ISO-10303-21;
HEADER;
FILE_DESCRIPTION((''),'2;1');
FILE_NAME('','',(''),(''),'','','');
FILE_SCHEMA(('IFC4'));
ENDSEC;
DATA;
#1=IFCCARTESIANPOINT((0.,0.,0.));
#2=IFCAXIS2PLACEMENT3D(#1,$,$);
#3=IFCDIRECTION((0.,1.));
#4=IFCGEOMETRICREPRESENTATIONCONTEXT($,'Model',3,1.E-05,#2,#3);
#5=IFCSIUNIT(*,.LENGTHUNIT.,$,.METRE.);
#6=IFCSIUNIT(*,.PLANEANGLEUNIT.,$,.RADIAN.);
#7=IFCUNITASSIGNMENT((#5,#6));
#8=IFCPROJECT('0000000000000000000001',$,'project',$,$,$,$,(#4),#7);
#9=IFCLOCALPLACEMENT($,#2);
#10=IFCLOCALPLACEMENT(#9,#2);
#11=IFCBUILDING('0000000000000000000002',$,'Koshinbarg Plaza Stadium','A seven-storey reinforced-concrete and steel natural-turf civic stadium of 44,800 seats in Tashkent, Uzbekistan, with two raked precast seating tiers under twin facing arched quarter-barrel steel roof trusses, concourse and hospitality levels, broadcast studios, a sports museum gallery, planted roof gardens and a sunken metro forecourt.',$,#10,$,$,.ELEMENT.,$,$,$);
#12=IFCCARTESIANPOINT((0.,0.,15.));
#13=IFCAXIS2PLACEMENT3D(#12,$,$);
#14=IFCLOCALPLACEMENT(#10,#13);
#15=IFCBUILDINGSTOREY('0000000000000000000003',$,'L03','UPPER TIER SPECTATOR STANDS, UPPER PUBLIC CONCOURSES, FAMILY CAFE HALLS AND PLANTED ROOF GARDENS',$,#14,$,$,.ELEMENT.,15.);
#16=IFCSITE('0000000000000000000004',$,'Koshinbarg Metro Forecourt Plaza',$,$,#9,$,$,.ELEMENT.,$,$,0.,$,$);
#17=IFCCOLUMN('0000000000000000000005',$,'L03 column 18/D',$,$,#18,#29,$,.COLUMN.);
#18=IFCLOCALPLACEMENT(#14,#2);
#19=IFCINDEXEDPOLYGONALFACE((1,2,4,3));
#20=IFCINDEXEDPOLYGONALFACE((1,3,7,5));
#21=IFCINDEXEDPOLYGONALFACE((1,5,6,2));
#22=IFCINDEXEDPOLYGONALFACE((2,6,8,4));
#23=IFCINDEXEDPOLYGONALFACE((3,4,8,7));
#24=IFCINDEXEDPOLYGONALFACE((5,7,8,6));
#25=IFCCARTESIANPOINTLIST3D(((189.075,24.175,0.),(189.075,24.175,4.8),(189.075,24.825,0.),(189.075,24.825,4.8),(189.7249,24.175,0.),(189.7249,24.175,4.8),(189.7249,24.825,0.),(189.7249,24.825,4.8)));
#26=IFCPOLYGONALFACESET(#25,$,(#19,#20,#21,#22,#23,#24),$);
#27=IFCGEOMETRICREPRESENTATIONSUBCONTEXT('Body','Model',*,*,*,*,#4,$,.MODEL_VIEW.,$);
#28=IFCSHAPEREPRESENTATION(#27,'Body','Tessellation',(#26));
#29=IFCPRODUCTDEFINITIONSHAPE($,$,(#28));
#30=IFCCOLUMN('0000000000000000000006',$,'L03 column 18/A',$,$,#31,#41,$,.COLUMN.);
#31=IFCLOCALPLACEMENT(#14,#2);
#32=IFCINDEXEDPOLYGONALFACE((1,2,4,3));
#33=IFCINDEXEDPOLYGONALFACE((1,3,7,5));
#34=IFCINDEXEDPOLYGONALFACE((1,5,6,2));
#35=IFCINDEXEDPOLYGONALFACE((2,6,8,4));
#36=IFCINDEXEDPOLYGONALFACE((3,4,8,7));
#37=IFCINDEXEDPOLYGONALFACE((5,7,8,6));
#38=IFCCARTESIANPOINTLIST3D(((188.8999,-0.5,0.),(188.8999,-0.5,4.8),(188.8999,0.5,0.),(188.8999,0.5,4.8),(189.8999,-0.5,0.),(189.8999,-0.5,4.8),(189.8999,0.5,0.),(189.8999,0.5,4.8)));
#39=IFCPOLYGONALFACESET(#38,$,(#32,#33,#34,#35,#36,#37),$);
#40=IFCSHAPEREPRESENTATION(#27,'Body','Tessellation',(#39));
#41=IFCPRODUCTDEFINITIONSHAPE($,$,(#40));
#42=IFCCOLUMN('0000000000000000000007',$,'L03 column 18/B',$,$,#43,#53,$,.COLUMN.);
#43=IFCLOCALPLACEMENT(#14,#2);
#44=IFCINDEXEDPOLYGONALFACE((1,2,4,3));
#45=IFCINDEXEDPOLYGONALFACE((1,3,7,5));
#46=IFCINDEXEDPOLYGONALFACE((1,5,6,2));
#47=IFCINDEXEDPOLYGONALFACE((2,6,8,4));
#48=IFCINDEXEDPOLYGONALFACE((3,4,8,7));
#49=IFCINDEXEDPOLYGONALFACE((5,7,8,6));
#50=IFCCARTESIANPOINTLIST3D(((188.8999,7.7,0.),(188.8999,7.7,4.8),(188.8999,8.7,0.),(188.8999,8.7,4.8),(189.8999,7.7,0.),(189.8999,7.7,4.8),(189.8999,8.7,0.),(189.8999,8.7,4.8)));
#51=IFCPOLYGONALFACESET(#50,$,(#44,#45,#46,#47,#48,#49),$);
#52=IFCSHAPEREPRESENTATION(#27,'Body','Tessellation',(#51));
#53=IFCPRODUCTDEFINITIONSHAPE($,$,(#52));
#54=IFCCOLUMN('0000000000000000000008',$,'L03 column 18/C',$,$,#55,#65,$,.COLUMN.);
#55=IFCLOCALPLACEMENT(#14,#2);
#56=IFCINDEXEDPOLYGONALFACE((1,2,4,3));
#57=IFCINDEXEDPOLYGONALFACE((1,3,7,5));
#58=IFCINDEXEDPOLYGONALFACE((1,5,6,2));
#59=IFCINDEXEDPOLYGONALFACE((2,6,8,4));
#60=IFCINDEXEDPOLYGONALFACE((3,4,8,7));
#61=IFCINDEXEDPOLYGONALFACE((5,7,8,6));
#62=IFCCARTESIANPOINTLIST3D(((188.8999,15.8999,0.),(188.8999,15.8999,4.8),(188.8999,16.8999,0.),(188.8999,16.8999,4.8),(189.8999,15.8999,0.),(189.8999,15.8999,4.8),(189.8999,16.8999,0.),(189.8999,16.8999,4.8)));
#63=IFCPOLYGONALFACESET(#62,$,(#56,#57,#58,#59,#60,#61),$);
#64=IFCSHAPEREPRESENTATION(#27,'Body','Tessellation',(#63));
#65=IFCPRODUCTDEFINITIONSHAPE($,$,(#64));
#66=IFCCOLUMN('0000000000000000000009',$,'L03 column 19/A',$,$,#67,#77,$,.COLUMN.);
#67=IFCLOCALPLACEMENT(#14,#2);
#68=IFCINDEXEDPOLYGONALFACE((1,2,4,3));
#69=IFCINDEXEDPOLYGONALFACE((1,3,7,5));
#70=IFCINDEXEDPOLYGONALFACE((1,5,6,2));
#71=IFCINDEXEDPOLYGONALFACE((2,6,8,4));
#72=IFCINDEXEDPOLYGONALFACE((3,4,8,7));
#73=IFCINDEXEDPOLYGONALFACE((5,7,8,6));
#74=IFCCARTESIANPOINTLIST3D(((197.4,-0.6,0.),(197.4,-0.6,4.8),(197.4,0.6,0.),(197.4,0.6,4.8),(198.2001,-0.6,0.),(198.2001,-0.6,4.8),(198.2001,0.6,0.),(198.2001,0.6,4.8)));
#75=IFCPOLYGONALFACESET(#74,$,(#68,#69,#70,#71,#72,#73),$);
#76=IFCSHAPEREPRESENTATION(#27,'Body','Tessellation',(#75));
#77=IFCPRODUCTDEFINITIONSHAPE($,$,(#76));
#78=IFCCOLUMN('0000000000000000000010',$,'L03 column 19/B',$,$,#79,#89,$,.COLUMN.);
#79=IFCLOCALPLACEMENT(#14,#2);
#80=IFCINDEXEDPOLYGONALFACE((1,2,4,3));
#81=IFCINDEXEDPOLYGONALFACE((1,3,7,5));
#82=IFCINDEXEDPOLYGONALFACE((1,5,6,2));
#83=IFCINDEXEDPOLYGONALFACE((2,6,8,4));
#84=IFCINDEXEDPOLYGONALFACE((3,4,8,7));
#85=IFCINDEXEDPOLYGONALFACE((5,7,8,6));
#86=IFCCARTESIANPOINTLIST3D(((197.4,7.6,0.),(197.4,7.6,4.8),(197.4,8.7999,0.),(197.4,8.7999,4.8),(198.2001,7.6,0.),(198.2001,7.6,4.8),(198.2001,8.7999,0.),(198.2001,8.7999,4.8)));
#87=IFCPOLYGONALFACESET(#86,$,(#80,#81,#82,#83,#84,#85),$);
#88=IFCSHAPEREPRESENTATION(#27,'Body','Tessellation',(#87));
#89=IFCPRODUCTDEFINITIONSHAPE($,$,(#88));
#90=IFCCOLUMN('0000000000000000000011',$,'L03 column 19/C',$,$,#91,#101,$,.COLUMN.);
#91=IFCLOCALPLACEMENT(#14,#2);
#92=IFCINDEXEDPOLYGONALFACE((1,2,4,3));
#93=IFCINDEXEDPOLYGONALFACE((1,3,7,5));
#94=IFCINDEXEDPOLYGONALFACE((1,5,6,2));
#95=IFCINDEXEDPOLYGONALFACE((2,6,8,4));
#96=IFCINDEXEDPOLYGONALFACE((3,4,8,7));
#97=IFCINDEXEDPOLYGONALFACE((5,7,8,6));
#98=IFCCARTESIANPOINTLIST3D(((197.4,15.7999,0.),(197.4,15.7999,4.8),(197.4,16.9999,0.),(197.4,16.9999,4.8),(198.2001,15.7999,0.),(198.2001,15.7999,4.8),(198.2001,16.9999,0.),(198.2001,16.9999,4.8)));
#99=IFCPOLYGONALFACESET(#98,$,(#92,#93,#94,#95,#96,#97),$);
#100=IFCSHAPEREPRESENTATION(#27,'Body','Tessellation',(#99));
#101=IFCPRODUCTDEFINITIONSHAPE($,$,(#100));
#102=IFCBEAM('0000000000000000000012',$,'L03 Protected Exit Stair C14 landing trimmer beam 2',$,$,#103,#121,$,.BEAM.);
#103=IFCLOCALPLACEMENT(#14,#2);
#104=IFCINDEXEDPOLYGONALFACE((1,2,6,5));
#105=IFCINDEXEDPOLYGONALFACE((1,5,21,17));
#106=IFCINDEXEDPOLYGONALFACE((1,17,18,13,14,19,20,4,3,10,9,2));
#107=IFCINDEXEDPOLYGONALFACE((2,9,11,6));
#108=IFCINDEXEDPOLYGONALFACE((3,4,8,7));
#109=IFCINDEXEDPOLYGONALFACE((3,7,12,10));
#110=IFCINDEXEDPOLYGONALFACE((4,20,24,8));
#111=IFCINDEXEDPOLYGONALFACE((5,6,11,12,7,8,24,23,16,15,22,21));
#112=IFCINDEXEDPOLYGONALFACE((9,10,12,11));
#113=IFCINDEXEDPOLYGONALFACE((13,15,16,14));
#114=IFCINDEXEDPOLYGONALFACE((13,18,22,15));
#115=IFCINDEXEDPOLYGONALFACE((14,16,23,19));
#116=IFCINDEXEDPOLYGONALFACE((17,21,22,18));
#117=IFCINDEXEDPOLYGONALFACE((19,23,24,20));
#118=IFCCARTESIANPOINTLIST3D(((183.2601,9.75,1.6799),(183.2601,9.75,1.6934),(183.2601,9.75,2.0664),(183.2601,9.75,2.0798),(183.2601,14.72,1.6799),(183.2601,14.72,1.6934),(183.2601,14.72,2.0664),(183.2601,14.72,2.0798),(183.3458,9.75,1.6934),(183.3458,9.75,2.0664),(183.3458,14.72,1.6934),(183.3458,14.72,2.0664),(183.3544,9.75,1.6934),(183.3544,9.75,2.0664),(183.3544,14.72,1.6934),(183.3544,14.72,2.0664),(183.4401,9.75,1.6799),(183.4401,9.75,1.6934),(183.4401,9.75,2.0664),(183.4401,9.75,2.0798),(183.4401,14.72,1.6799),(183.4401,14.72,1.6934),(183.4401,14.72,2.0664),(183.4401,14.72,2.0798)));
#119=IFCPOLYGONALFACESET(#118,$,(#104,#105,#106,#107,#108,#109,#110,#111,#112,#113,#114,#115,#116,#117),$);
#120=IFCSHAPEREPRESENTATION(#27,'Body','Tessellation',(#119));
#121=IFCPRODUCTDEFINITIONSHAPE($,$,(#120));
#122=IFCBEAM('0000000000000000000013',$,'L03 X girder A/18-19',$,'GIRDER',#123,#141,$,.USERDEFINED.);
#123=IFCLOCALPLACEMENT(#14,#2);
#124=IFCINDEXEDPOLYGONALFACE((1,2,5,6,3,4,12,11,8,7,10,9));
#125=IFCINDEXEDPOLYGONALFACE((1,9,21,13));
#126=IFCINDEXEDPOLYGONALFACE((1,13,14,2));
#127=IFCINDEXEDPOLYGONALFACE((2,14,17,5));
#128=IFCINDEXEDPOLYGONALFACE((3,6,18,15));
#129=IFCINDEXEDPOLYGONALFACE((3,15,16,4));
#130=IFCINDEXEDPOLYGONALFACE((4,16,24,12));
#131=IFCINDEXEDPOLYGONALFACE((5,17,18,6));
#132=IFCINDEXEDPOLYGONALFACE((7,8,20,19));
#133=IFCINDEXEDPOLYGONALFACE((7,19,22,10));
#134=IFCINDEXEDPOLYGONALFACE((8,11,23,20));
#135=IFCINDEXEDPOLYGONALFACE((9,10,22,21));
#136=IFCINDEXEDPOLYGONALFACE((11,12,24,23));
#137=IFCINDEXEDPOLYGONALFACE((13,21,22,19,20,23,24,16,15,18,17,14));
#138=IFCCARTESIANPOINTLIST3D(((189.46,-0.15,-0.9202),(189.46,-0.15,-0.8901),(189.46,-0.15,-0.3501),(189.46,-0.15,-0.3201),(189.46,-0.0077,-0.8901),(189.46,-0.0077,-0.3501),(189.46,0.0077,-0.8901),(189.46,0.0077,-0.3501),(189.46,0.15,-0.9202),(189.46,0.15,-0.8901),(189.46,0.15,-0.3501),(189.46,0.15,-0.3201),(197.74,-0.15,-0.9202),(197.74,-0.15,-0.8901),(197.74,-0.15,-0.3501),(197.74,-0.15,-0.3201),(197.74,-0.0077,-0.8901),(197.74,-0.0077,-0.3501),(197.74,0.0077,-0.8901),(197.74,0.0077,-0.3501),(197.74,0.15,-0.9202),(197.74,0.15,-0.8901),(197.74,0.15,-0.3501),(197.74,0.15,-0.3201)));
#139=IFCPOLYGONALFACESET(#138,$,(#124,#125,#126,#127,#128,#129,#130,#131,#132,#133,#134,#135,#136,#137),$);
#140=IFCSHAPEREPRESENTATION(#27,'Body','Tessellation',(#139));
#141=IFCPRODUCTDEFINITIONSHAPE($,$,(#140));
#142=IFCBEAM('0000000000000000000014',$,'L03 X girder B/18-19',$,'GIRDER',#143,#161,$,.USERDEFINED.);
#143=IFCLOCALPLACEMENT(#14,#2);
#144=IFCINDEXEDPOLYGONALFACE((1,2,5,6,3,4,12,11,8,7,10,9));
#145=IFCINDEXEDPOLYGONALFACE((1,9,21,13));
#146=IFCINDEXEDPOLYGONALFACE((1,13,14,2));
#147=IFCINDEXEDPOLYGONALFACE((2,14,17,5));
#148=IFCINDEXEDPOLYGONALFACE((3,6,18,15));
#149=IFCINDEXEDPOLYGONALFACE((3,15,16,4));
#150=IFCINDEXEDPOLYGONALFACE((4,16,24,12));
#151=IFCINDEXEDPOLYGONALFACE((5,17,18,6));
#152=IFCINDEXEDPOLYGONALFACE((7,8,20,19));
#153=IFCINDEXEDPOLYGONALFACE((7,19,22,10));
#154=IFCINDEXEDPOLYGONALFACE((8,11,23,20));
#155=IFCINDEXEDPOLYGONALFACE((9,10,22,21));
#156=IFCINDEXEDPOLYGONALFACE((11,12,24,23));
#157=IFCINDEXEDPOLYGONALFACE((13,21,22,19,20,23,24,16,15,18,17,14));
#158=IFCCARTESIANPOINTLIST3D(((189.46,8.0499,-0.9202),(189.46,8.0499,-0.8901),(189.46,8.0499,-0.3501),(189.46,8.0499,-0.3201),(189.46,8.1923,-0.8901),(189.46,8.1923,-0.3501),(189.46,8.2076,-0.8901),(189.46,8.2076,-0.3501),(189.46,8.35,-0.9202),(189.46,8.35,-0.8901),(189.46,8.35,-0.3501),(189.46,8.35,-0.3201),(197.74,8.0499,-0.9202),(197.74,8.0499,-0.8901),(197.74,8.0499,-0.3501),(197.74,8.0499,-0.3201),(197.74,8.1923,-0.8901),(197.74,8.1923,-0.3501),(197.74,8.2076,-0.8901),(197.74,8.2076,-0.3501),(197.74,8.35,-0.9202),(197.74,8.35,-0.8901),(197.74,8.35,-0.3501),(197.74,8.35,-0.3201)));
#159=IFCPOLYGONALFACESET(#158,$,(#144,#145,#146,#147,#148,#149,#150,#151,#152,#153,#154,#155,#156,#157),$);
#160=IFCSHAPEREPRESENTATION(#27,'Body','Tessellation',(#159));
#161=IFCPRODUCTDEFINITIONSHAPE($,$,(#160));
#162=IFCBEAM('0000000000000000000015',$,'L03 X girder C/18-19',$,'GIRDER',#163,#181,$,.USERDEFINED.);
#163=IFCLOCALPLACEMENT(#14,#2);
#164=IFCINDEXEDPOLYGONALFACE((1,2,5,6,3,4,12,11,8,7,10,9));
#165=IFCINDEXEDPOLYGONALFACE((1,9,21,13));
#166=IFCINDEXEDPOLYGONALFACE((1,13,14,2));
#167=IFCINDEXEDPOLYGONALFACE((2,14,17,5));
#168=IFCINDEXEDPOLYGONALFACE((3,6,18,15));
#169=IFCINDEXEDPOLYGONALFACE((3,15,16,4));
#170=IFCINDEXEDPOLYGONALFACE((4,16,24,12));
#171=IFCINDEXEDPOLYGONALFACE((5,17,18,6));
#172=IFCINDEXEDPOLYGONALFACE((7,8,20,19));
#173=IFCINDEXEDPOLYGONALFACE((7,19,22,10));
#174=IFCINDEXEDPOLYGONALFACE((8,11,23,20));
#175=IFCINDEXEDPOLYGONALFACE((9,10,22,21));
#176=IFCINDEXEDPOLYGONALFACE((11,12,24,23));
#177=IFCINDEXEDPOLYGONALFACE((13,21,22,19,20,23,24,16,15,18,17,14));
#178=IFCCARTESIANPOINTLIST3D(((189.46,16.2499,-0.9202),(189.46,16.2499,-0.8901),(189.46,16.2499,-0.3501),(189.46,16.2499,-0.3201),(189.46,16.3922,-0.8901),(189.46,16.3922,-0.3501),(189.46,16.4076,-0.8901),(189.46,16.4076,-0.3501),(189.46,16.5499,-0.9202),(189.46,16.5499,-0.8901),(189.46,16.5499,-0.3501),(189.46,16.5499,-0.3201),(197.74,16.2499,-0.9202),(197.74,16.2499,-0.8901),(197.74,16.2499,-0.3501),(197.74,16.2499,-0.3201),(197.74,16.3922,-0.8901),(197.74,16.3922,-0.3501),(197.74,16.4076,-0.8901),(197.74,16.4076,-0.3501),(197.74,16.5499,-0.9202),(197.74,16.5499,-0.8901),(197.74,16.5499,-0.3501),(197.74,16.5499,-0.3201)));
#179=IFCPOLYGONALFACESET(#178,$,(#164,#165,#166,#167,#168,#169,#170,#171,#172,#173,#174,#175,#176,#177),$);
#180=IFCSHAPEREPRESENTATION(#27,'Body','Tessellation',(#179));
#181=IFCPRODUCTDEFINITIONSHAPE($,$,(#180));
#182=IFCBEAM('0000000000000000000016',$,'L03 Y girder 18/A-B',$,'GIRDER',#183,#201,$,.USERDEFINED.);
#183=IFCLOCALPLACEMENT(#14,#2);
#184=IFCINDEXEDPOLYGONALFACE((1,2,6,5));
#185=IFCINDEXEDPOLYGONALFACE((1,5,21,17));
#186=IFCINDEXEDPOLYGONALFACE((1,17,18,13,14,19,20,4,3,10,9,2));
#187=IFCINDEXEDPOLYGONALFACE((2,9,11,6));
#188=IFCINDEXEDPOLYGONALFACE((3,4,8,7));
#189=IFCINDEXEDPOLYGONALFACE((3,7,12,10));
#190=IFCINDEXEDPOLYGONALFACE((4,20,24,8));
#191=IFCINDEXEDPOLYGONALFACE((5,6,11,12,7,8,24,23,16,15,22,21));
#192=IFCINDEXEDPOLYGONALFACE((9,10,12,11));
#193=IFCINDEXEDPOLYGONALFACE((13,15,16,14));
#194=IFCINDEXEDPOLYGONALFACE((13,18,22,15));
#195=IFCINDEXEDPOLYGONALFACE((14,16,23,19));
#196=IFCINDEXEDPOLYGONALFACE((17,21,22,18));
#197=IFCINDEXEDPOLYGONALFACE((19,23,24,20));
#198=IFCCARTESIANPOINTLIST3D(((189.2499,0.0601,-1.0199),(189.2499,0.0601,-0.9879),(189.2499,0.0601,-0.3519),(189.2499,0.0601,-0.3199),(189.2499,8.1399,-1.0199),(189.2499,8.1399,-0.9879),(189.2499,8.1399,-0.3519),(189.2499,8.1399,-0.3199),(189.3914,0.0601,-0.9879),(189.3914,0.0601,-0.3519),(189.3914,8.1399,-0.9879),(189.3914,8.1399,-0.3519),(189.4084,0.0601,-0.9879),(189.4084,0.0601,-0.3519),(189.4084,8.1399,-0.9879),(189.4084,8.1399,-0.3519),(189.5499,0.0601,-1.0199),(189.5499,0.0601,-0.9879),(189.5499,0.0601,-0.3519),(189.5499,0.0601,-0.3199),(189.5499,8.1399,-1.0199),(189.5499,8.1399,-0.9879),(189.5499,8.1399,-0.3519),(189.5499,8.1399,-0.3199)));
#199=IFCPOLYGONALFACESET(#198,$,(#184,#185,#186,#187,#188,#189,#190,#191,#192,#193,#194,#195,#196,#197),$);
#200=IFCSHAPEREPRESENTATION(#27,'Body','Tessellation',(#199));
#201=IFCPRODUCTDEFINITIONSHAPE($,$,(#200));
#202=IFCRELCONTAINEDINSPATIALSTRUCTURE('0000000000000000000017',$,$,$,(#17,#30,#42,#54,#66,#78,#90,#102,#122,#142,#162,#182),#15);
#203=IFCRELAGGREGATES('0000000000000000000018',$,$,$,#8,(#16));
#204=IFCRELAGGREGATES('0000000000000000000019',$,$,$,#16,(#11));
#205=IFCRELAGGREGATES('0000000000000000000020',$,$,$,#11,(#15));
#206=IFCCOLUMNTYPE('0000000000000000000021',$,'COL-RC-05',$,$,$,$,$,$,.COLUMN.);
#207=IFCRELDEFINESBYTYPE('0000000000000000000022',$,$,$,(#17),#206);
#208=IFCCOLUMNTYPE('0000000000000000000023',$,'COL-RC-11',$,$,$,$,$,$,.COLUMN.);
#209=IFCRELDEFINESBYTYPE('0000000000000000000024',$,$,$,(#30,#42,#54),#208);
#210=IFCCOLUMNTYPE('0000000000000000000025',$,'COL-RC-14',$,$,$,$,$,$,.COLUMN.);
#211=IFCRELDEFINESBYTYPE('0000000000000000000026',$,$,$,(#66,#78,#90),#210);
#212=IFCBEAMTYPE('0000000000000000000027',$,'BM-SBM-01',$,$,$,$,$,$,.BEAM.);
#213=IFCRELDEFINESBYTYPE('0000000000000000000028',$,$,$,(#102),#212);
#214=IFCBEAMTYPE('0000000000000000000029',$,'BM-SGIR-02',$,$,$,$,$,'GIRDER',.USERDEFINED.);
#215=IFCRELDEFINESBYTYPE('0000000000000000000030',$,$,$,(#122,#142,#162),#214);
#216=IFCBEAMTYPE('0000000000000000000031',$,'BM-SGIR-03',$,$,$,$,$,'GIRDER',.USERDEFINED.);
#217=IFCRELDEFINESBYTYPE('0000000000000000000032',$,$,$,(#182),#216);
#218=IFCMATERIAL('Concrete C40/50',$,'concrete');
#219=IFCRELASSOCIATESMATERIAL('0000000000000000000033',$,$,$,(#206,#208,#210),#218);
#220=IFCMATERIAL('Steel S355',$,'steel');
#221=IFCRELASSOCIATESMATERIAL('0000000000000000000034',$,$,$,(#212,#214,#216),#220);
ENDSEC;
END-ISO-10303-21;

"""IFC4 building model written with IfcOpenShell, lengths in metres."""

from ifc_helpers import new_model, si_unit, direction, frame, origin, origin_2d, place, context, subcontext, project, spatial, rectangle, i_section, extrude, material, material_profile, profile_set, type_object, element, save


model = new_model("IFC4")

# Units and contexts
model_context = context("Model", 3, precision=1e-05, world=origin(), true_north=direction((0.0, 1.0)))
body_context = subcontext(model_context, "Body", "Model", "MODEL_VIEW")
ifc_project = project(units=[si_unit("LENGTHUNIT", "METRE"), si_unit("PLANEANGLEUNIT", "RADIAN")], contexts=[model_context])

# Site, building, storey
site_placement = place(None, origin())
site = spatial("IfcSite", under=ifc_project, at=site_placement, Name="Koshinbarg Metro Forecourt Plaza", CompositionType="ELEMENT", RefElevation=0.0)
building_placement = place(site_placement, origin())
building = spatial("IfcBuilding", under=site, at=building_placement, Name="Koshinbarg Plaza Stadium", Description="A seven-storey reinforced-concrete and steel natural-turf civic stadium of 44,800 seats in Tashkent, Uzbekistan, with two raked precast seating tiers under twin facing arched quarter-barrel steel roof trusses, concourse and hospitality levels, broadcast studios, a sports museum gallery, planted roof gardens and a sunken metro forecourt.", CompositionType="ELEMENT")
storey_placement = place(building_placement, frame((0.0, 0.0, 15.0)))
storey = spatial("IfcBuildingStorey", under=building, at=storey_placement, Name="L03", Description="UPPER TIER SPECTATOR STANDS, UPPER PUBLIC CONCOURSES, FAMILY CAFE HALLS AND PLANTED ROOF GARDENS", CompositionType="ELEMENT", Elevation=15.0)

# Columns
ifc_material_1 = material(Name="Concrete C40/50", Category="concrete")
ifc_material_profile_1 = material_profile(ifc_material_1, rectangle(XDim=0.6499, YDim=0.6499, at=origin_2d()), Name="RC 650x650")
ifc_profile_set_1 = profile_set([ifc_material_profile_1], Name="Concrete C40/50")
column_type_1 = type_object("IfcColumnType", Name="COL-RC-05", PredefinedType="COLUMN", material=ifc_profile_set_1)
column_placement = place(storey_placement, frame((189.3999, 24.5, 0.0), z_axis=(0.0, 0.0, 1.0), x_axis=(1.0, 0.0, 0.0)))
element("IfcColumn", 1, at=column_placement, inside=storey, type_object=column_type_1, Name="L03 column 18/D", PredefinedType="COLUMN", context=body_context, shape_type="SweptSolid", body=[
    extrude(rectangle(XDim=0.6499, YDim=0.6499, at=origin_2d()), origin(), (0.0, 0.0, 1.0), 4.8),
])
ifc_material_profile_2 = material_profile(ifc_material_1, rectangle(XDim=1.0, YDim=1.0, at=origin_2d()), Name="RC 1000x1000")
ifc_profile_set_2 = profile_set([ifc_material_profile_2], Name="Concrete C40/50")
column_type_2 = type_object("IfcColumnType", Name="COL-RC-11", PredefinedType="COLUMN", material=ifc_profile_set_2)
for number, where, z_axis, x_axis, name in (
    (2, (189.3999, 0.0, 0.0), (0.0, 0.0, 1.0), (1.0, 0.0, 0.0), "L03 column 18/A"),
    (3, (189.3999, 8.2, 0.0), (0.0, 0.0, 1.0), (1.0, 0.0, 0.0), "L03 column 18/B"),
    (4, (189.3999, 16.3999, 0.0), (0.0, 0.0, 1.0), (1.0, 0.0, 0.0), "L03 column 18/C"),
):
    element("IfcColumn", number, at=place(storey_placement, frame(where, z_axis=z_axis, x_axis=x_axis)), inside=storey, type_object=column_type_2, Name=name, PredefinedType="COLUMN", context=body_context, shape_type="SweptSolid", body=[
        extrude(rectangle(XDim=1.0, YDim=1.0, at=origin_2d()), origin(), (0.0, 0.0, 1.0), 4.8),
    ])
ifc_material_profile_3 = material_profile(ifc_material_1, rectangle(XDim=0.8, YDim=1.2, at=origin_2d()), Name="RC 800x1200")
ifc_profile_set_3 = profile_set([ifc_material_profile_3], Name="Concrete C40/50")
column_type_3 = type_object("IfcColumnType", Name="COL-RC-14", PredefinedType="COLUMN", material=ifc_profile_set_3)
for number, where, z_axis, x_axis, name in (
    (5, (197.8, 0.0, 0.0), (0.0, 0.0, 1.0), (1.0, 0.0, 0.0), "L03 column 19/A"),
    (6, (197.8, 8.2, 0.0), (0.0, 0.0, 1.0), (1.0, 0.0, 0.0), "L03 column 19/B"),
    (7, (197.8, 16.3999, 0.0), (0.0, 0.0, 1.0), (1.0, 0.0, 0.0), "L03 column 19/C"),
):
    element("IfcColumn", number, at=place(storey_placement, frame(where, z_axis=z_axis, x_axis=x_axis)), inside=storey, type_object=column_type_3, Name=name, PredefinedType="COLUMN", context=body_context, shape_type="SweptSolid", body=[
        extrude(rectangle(XDim=0.8, YDim=1.2, at=origin_2d()), origin(), (0.0, 0.0, 1.0), 4.8),
    ])

# Beams
ifc_material_2 = material(Name="Steel S355", Category="steel")
ifc_material_profile_4 = material_profile(ifc_material_2, i_section(OverallWidth=0.1799, OverallDepth=0.3999, WebThickness=0.0085, FlangeThickness=0.0134, at=origin_2d()), Name="IPE 400")
ifc_profile_set_4 = profile_set([ifc_material_profile_4], Name="Steel S355")
beam_type_1 = type_object("IfcBeamType", Name="BM-SBM-01", PredefinedType="BEAM", material=ifc_profile_set_4)
beam_1_placement = place(storey_placement, frame((183.3501, 9.75, 1.8799), z_axis=(0.0, 1.0, 0.0), x_axis=(-1.0, 0.0, 0.0)))
element("IfcBeam", 8, at=beam_1_placement, inside=storey, type_object=beam_type_1, Name="L03 Protected Exit Stair C14 landing trimmer beam 2", PredefinedType="BEAM", context=body_context, shape_type="SweptSolid", body=[
    extrude(i_section(OverallWidth=0.1799, OverallDepth=0.3999, WebThickness=0.0085, FlangeThickness=0.0134, at=origin_2d()), origin(), (0.0, 0.0, 1.0), 4.97),
])
ifc_material_profile_5 = material_profile(ifc_material_2, i_section(OverallWidth=0.3, OverallDepth=0.6001, WebThickness=0.0154, FlangeThickness=0.03, at=origin_2d()), Name="HEB 600")
ifc_profile_set_5 = profile_set([ifc_material_profile_5], Name="Steel S355")
beam_type_2 = type_object("IfcBeamType", Name="BM-SGIR-02", ElementType="GIRDER", PredefinedType="USERDEFINED", material=ifc_profile_set_5)
for number, where, z_axis, x_axis, name in (
    (9, (189.46, 0.0, -0.6201), (1.0, 0.0, 0.0), (0.0, 1.0, 0.0), "L03 X girder A/18-19"),
    (10, (189.46, 8.2, -0.6201), (1.0, 0.0, 0.0), (0.0, 1.0, 0.0), "L03 X girder B/18-19"),
    (11, (189.46, 16.3999, -0.6201), (1.0, 0.0, 0.0), (0.0, 1.0, 0.0), "L03 X girder C/18-19"),
):
    element("IfcBeam", number, at=place(storey_placement, frame(where, z_axis=z_axis, x_axis=x_axis)), inside=storey, type_object=beam_type_2, Name=name, ObjectType="GIRDER", PredefinedType="USERDEFINED", context=body_context, shape_type="SweptSolid", body=[
        extrude(i_section(OverallWidth=0.3, OverallDepth=0.6001, WebThickness=0.0154, FlangeThickness=0.03, at=origin_2d()), origin(), (0.0, 0.0, 1.0), 8.28),
    ])
ifc_material_profile_6 = material_profile(ifc_material_2, i_section(OverallWidth=0.3, OverallDepth=0.7, WebThickness=0.0171, FlangeThickness=0.032, at=origin_2d()), Name="HEB 700")
ifc_profile_set_6 = profile_set([ifc_material_profile_6], Name="Steel S355")
beam_type_3 = type_object("IfcBeamType", Name="BM-SGIR-03", ElementType="GIRDER", PredefinedType="USERDEFINED", material=ifc_profile_set_6)
beam_2_placement = place(storey_placement, frame((189.3999, 0.0601, -0.6699), z_axis=(0.0, 1.0, 0.0), x_axis=(-1.0, 0.0, 0.0)))
element("IfcBeam", 12, at=beam_2_placement, inside=storey, type_object=beam_type_3, Name="L03 Y girder 18/A-B", ObjectType="GIRDER", PredefinedType="USERDEFINED", context=body_context, shape_type="SweptSolid", body=[
    extrude(i_section(OverallWidth=0.3, OverallDepth=0.7, WebThickness=0.0171, FlangeThickness=0.032, at=origin_2d()), origin(), (0.0, 0.0, 1.0), 8.0798),
])

save(model, "model.ifc")
